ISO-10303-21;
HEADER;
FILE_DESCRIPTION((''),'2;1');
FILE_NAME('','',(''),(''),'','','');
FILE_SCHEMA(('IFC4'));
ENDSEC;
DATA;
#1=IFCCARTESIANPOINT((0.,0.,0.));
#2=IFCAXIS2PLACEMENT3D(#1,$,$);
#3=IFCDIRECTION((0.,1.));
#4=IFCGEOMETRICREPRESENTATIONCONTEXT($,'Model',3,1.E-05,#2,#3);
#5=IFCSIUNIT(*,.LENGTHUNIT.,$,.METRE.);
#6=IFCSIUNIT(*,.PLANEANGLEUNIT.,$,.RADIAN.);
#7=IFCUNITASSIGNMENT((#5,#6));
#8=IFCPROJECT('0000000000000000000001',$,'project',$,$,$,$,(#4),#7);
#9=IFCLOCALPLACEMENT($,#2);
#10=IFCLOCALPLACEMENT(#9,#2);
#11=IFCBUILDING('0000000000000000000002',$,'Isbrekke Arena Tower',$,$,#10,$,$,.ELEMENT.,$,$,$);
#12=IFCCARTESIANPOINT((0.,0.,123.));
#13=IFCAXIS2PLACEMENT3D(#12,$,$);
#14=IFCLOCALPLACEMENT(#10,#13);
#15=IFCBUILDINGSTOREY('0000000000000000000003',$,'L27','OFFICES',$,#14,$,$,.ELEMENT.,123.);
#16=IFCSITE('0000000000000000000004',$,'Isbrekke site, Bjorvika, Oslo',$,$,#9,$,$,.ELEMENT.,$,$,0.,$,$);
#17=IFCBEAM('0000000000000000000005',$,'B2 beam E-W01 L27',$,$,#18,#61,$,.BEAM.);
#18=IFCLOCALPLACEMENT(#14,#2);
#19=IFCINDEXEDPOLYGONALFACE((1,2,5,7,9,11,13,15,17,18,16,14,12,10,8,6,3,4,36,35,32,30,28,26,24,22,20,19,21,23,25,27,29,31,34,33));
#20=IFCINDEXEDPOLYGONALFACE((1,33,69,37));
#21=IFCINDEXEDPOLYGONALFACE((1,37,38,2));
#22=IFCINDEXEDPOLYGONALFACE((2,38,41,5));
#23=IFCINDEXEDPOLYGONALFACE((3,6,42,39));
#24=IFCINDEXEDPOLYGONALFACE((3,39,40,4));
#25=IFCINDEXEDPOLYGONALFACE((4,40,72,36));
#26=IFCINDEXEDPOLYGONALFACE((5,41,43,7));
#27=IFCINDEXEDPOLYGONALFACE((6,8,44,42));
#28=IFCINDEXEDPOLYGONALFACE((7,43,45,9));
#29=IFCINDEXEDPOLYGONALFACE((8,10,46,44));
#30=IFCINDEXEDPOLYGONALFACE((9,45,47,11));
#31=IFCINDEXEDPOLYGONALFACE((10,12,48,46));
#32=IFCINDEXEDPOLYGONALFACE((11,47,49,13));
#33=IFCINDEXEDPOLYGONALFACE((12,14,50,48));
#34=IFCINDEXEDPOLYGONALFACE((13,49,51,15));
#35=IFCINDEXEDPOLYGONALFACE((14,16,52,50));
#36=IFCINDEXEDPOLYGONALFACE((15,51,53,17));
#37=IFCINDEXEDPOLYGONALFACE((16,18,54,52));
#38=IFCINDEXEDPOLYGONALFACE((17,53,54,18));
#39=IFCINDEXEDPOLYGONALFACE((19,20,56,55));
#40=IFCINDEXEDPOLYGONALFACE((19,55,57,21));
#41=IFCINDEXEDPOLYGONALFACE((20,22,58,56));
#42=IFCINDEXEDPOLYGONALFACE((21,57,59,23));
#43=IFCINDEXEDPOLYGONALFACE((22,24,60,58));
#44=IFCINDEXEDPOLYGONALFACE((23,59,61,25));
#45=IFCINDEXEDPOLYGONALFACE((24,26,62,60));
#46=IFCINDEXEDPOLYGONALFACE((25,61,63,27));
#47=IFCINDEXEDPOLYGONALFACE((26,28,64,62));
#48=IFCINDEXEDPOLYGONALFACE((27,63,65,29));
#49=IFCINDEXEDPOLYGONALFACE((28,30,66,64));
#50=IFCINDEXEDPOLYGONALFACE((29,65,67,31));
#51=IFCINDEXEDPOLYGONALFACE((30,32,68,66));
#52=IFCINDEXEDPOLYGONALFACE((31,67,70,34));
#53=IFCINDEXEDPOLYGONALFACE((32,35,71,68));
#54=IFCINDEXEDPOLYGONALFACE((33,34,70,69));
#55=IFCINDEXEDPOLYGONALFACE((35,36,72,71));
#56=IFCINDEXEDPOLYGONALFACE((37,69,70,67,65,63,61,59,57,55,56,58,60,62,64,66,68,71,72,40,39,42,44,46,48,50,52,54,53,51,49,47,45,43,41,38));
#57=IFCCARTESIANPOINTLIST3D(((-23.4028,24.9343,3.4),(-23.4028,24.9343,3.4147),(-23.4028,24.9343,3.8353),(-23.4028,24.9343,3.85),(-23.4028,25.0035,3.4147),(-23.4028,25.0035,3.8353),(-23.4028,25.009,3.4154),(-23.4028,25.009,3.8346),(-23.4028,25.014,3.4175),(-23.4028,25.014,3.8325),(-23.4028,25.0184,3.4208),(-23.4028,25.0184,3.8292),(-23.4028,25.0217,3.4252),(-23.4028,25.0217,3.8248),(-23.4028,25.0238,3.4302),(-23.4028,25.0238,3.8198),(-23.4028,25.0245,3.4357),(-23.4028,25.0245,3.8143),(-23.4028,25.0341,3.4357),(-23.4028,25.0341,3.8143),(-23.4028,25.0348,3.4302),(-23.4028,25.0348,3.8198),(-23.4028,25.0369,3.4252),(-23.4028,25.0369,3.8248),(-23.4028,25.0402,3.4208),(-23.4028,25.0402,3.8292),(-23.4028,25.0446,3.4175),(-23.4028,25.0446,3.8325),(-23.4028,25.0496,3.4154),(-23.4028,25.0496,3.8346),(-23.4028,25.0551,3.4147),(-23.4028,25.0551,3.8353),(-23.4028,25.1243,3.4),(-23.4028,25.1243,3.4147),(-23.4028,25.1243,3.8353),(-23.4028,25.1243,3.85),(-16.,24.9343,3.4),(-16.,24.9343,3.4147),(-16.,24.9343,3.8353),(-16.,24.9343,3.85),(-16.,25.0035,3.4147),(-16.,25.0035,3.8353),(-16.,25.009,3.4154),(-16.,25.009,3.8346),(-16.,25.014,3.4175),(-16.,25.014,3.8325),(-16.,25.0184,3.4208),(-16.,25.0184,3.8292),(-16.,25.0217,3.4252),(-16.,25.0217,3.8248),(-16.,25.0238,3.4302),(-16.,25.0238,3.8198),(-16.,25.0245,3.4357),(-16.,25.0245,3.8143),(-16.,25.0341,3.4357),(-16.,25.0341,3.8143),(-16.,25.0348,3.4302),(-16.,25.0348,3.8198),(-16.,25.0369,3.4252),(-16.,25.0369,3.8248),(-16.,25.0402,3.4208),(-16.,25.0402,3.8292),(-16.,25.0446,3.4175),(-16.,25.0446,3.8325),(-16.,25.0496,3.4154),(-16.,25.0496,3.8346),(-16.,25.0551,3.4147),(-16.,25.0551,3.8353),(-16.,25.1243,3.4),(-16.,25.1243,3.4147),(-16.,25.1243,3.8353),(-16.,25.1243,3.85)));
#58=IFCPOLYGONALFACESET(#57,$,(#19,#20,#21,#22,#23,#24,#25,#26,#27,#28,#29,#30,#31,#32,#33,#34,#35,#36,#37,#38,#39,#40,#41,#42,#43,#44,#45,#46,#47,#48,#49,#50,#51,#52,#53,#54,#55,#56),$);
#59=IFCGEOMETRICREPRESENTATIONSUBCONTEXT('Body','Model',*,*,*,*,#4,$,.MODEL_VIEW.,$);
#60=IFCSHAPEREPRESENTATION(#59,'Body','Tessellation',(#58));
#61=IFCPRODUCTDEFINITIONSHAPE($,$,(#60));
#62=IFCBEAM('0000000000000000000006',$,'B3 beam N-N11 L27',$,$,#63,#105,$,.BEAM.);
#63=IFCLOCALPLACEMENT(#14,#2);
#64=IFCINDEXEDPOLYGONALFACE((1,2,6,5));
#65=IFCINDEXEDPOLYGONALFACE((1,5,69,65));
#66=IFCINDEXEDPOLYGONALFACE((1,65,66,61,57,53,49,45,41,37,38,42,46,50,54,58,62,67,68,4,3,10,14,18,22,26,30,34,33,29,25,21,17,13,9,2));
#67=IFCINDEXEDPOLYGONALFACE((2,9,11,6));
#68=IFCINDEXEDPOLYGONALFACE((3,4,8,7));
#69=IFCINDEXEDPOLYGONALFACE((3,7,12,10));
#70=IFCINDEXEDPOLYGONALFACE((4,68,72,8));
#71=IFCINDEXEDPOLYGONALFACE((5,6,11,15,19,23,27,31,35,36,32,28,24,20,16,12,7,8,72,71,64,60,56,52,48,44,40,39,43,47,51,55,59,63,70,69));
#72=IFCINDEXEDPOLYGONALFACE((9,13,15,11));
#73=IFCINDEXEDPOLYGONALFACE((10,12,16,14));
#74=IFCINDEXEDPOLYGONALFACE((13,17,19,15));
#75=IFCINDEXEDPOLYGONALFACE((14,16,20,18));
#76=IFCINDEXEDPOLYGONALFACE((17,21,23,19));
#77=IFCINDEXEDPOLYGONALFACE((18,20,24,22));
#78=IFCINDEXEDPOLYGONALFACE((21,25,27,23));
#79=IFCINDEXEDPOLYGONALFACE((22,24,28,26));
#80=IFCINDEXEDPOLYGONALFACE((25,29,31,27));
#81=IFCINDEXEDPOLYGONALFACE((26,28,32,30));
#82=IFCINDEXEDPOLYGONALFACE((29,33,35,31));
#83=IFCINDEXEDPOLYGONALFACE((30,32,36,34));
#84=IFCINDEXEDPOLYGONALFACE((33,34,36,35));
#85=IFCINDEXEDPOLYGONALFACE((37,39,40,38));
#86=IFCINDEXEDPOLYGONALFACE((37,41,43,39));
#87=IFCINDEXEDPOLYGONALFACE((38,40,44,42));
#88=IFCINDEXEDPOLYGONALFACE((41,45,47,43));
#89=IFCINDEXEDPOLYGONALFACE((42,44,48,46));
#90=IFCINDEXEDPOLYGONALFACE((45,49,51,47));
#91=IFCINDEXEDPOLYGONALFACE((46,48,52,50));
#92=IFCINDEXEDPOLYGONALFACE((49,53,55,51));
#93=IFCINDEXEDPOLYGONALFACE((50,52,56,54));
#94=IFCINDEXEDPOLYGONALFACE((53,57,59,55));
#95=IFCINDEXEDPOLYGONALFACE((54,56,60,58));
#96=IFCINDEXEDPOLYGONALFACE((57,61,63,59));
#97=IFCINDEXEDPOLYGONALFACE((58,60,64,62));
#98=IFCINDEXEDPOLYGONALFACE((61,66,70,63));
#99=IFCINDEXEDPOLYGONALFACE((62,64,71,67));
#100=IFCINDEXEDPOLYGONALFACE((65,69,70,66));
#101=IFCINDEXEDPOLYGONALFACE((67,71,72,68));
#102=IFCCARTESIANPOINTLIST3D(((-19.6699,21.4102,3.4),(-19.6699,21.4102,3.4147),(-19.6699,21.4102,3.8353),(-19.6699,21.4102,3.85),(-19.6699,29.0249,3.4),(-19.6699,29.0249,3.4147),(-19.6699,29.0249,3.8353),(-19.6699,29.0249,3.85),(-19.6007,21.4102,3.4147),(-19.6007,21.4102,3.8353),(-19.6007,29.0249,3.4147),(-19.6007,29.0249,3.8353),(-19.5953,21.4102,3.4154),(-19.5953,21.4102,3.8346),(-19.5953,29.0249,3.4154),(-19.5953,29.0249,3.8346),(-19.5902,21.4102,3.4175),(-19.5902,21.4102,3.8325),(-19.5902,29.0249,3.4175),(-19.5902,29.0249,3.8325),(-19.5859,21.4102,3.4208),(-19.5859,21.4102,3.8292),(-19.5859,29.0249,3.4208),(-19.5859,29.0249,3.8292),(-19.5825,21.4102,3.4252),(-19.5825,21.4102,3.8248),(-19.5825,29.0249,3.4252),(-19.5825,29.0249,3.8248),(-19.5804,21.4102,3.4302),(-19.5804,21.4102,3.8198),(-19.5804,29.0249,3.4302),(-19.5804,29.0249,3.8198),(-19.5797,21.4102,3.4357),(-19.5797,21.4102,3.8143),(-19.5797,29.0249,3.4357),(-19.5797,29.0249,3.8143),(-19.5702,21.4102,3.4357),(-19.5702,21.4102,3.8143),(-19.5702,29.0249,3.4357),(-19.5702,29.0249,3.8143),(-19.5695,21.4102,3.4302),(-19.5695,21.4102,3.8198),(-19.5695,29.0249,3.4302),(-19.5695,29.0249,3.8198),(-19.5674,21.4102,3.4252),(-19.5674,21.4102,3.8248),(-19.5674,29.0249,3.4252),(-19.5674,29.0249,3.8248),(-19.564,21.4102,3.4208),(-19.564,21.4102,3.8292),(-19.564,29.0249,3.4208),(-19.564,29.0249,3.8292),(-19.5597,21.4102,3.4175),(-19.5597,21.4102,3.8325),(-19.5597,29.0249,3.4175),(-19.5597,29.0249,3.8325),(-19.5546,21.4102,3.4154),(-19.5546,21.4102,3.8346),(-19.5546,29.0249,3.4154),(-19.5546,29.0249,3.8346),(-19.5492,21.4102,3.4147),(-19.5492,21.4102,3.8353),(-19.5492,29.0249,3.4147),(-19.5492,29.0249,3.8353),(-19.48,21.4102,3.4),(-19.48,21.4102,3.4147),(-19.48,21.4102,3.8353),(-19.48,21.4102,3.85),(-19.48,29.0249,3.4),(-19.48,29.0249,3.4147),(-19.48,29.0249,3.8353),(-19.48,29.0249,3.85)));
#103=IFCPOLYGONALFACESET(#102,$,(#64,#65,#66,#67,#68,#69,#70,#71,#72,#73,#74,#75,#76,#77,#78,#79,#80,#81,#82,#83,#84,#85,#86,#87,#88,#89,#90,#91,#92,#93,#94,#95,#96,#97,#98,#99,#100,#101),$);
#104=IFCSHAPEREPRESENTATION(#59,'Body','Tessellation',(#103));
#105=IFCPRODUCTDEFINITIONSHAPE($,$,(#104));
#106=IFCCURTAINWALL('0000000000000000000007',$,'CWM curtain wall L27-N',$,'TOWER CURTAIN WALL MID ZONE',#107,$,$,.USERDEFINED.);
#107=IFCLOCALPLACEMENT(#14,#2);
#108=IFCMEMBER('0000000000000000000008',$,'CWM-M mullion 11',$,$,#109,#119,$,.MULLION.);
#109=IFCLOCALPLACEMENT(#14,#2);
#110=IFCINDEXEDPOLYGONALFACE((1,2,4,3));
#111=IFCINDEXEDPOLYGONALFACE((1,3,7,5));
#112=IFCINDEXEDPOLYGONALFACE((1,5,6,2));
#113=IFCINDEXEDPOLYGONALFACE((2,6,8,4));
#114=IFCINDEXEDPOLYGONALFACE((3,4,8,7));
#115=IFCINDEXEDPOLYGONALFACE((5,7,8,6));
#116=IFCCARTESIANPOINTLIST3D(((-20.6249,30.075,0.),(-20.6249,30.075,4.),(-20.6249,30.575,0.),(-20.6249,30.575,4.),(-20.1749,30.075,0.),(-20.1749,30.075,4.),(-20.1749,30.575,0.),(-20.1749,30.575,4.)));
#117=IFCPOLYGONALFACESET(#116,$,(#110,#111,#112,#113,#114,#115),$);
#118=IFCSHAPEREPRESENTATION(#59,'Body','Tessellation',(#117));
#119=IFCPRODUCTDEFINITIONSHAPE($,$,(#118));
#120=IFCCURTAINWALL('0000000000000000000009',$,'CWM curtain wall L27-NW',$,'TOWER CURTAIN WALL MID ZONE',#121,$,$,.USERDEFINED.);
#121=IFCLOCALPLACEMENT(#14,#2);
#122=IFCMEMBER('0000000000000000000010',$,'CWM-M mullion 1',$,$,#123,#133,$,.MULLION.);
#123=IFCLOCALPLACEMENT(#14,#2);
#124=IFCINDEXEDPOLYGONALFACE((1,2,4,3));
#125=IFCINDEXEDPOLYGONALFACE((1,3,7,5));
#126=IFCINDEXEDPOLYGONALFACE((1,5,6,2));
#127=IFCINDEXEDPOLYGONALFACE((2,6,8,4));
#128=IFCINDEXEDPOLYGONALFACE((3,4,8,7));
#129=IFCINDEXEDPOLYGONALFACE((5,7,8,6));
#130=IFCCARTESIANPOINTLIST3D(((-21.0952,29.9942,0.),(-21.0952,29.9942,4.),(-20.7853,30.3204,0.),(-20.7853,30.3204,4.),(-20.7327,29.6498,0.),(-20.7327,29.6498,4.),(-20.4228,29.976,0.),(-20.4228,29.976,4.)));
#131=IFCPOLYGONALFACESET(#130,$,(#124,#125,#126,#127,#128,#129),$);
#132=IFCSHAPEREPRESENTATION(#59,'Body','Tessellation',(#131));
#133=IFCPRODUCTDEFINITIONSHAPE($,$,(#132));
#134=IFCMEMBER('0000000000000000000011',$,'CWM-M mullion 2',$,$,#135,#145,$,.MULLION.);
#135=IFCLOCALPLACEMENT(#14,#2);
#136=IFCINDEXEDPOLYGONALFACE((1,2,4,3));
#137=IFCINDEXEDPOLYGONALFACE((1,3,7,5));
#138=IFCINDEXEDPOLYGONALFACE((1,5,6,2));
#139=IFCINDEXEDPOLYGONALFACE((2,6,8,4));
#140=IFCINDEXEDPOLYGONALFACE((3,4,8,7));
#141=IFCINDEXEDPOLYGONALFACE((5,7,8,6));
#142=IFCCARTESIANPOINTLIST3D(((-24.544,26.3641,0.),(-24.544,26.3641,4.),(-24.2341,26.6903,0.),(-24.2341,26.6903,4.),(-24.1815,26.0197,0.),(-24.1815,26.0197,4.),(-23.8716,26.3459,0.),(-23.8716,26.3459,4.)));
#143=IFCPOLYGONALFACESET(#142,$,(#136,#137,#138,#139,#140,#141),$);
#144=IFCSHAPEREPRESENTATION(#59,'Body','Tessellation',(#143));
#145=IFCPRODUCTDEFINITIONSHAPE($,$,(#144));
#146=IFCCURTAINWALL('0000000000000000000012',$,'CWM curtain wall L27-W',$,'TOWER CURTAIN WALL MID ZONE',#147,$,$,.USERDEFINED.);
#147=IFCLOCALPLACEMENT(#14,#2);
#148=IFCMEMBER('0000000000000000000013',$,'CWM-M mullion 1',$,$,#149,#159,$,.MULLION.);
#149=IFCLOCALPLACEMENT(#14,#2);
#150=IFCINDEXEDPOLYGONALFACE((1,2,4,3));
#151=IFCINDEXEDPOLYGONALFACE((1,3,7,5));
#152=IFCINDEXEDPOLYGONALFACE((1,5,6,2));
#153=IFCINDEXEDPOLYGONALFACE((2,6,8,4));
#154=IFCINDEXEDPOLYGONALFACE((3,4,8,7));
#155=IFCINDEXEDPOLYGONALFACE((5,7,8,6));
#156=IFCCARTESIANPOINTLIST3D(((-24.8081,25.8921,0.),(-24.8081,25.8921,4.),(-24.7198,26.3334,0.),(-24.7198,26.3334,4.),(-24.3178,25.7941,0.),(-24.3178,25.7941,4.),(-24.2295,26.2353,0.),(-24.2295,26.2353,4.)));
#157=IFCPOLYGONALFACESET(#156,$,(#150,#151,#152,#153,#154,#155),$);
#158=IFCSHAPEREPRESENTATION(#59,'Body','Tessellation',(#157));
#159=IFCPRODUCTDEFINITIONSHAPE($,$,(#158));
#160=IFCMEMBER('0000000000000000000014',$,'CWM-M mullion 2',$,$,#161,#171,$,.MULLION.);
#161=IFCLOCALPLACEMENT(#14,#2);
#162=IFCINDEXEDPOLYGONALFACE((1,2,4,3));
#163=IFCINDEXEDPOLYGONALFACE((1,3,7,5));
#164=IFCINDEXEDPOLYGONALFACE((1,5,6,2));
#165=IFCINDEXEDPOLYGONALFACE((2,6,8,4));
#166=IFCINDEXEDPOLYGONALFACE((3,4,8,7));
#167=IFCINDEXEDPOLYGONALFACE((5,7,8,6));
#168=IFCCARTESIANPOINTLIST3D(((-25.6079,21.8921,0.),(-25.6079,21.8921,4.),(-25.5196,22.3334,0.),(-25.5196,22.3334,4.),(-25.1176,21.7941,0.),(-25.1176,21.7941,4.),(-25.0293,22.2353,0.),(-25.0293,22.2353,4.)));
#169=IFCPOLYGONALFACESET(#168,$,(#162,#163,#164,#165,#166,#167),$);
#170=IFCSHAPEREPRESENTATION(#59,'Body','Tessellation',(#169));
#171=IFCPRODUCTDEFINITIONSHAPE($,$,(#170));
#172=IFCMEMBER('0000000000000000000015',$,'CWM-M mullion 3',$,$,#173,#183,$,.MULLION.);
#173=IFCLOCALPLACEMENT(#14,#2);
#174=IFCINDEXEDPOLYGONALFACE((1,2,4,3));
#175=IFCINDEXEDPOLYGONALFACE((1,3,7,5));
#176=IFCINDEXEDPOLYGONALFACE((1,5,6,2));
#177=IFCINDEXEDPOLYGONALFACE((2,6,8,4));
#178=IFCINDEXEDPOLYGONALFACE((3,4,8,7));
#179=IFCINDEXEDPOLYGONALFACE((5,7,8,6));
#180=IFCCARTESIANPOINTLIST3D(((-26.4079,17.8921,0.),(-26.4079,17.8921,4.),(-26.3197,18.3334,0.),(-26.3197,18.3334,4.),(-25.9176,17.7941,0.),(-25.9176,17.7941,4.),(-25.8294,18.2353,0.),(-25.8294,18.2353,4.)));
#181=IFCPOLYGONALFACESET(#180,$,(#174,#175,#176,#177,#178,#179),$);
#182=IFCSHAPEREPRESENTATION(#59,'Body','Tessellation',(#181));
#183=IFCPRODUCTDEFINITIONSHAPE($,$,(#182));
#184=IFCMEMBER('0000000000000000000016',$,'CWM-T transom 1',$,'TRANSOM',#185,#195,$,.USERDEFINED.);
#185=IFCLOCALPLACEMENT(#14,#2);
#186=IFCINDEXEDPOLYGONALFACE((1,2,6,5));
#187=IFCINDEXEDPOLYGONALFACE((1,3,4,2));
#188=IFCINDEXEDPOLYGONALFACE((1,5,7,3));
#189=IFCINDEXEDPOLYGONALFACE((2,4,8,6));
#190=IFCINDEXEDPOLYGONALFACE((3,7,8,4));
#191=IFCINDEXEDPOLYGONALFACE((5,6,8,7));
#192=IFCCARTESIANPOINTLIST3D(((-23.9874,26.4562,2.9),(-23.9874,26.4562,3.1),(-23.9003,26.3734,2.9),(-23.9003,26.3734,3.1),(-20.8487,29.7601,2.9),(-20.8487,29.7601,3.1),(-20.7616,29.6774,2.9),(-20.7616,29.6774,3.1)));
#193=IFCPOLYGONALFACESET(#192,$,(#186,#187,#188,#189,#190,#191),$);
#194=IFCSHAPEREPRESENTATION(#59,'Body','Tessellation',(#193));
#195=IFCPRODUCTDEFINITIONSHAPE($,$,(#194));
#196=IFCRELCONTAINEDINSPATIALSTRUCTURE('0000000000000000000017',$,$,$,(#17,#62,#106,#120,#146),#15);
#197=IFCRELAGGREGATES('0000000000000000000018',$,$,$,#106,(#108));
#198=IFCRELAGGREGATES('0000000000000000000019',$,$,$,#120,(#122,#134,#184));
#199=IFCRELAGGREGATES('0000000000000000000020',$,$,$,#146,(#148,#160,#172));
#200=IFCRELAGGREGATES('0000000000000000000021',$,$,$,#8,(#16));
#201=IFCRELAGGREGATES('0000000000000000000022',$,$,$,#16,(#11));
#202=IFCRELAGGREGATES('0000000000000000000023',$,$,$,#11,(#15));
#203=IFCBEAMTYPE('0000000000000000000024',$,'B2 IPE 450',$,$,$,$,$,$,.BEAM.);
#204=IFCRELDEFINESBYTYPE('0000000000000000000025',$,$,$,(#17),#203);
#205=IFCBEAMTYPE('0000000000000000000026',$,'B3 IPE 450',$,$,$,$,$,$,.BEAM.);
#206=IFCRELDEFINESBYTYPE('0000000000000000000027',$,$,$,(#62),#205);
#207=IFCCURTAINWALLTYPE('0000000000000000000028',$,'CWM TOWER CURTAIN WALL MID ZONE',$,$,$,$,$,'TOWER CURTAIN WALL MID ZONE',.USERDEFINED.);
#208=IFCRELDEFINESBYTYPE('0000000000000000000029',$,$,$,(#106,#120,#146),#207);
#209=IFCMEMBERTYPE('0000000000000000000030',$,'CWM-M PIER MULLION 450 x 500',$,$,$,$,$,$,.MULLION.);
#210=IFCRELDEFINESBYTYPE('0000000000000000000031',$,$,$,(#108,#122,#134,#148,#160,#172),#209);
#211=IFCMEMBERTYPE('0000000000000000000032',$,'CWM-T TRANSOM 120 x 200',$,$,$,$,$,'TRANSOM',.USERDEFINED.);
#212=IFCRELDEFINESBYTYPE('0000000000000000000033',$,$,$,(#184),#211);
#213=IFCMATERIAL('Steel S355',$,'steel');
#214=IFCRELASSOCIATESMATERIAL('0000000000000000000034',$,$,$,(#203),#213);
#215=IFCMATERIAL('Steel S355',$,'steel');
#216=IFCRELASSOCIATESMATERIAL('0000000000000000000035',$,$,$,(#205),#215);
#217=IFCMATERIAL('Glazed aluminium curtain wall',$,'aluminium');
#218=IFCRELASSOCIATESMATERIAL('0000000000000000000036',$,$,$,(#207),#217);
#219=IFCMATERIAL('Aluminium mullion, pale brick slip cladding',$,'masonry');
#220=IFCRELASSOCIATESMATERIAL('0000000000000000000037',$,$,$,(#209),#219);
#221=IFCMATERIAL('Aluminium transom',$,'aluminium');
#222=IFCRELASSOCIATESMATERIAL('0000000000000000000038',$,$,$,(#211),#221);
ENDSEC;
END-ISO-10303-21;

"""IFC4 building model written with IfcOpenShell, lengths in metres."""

from ifc_helpers import new_model, si_unit, direction, frame, origin, origin_2d, place, context, subcontext, project, spatial, rectangle, i_section, extrude, material, material_profile, profile_set, type_object, element, aggregate, save


model = new_model("IFC4")

# Units and contexts
model_context = context("Model", 3, precision=1e-05, world=origin(), true_north=direction((0.0, 1.0)))
body_context = subcontext(model_context, "Body", "Model", "MODEL_VIEW")
ifc_project = project(units=[si_unit("LENGTHUNIT", "METRE"), si_unit("PLANEANGLEUNIT", "RADIAN")], contexts=[model_context])

# Site, building, storey
site_placement = place(None, origin())
site = spatial("IfcSite", under=ifc_project, at=site_placement, Name="Isbrekke site, Bjorvika, Oslo", CompositionType="ELEMENT", RefElevation=0.0)
building_placement = place(site_placement, origin())
building = spatial("IfcBuilding", under=site, at=building_placement, Name="Isbrekke Arena Tower", CompositionType="ELEMENT")
storey_placement = place(building_placement, frame((0.0, 0.0, 123.0)))
storey = spatial("IfcBuildingStorey", under=building, at=storey_placement, Name="L27", Description="OFFICES", CompositionType="ELEMENT", Elevation=123.0)

# Beams
ifc_material_1 = material(Name="Steel S355", Category="steel")
ifc_material_profile_1 = material_profile(ifc_material_1, i_section(OverallWidth=0.1899, OverallDepth=0.45, WebThickness=0.0095, FlangeThickness=0.0146, FilletRadius=0.021, at=origin_2d()), Name="IPE 450")
ifc_profile_set_1 = profile_set([ifc_material_profile_1], Name="Steel S355")
beam_type_1 = type_object("IfcBeamType", Name="B2 IPE 450", PredefinedType="BEAM", material=ifc_profile_set_1)
beam_1_placement = place(storey_placement, frame((-23.4028, 25.0293, 3.625), z_axis=(1.0, 0.0, 0.0), x_axis=(0.0, 1.0, 0.0)))
element("IfcBeam", 1, at=beam_1_placement, inside=storey, type_object=beam_type_1, Name="B2 beam E-W01 L27", PredefinedType="BEAM", context=body_context, shape_type="SweptSolid", body=[
    extrude(i_section(OverallWidth=0.1899, OverallDepth=0.45, WebThickness=0.0095, FlangeThickness=0.0146, FilletRadius=0.021, at=origin_2d()), origin(), (0.0, 0.0, 1.0), 7.4028),
])
ifc_material_2 = material(Name="Steel S355", Category="steel")
ifc_material_profile_2 = material_profile(ifc_material_2, i_section(OverallWidth=0.1899, OverallDepth=0.45, WebThickness=0.0095, FlangeThickness=0.0146, FilletRadius=0.021, at=origin_2d()), Name="IPE 450")
ifc_profile_set_2 = profile_set([ifc_material_profile_2], Name="Steel S355")
beam_type_2 = type_object("IfcBeamType", Name="B3 IPE 450", PredefinedType="BEAM", material=ifc_profile_set_2)
beam_2_placement = place(storey_placement, frame((-19.575, 29.0249, 3.625), z_axis=(0.0, -1.0, 0.0), x_axis=(1.0, 0.0, 0.0)))
element("IfcBeam", 2, at=beam_2_placement, inside=storey, type_object=beam_type_2, Name="B3 beam N-N11 L27", PredefinedType="BEAM", context=body_context, shape_type="SweptSolid", body=[
    extrude(i_section(OverallWidth=0.1899, OverallDepth=0.45, WebThickness=0.0095, FlangeThickness=0.0146, FilletRadius=0.021, at=origin_2d()), origin(), (0.0, 0.0, 1.0), 7.6147),
])

# Curtain wall, member
ifc_material_3 = material(Name="Glazed aluminium curtain wall", Category="aluminium")
curtain_wall_type = type_object("IfcCurtainWallType", Name="CWM TOWER CURTAIN WALL MID ZONE", ElementType="TOWER CURTAIN WALL MID ZONE", PredefinedType="USERDEFINED", material=ifc_material_3)
curtain_wall_1_placement = place(storey_placement, origin())
curtain_wall_1 = element("IfcCurtainWall", 3, at=curtain_wall_1_placement, inside=storey, type_object=curtain_wall_type, Name="CWM curtain wall L27-N", ObjectType="TOWER CURTAIN WALL MID ZONE", PredefinedType="USERDEFINED")
ifc_material_4 = material(Name="Aluminium mullion, pale brick slip cladding", Category="masonry")
ifc_material_profile_3 = material_profile(ifc_material_4, rectangle(XDim=0.45, YDim=0.5, at=origin_2d()), Name="PIER 450X500")
ifc_profile_set_3 = profile_set([ifc_material_profile_3], Name="Aluminium mullion, pale brick slip cladding")
member_type_1 = type_object("IfcMemberType", Name="CWM-M PIER MULLION 450 x 500", PredefinedType="MULLION", material=ifc_profile_set_3)
member_1_placement = place(storey_placement, frame((-20.3999, 30.325, 0.0), z_axis=(0.0, 0.0, 1.0), x_axis=(-1.0, 0.0, 0.0)))
member_1 = element("IfcMember", 4, at=member_1_placement, type_object=member_type_1, Name="CWM-M mullion 11", PredefinedType="MULLION", context=body_context, shape_type="SweptSolid", body=[
    extrude(rectangle(XDim=0.45, YDim=0.5, at=origin_2d()), origin(), (0.0, 0.0, 1.0), 4.0),
])
aggregate(curtain_wall_1, [member_1])

# Curtain walls, members
curtain_wall_2_placement = place(storey_placement, origin())
curtain_wall_2 = element("IfcCurtainWall", 5, at=curtain_wall_2_placement, inside=storey, type_object=curtain_wall_type, Name="CWM curtain wall L27-NW", ObjectType="TOWER CURTAIN WALL MID ZONE", PredefinedType="USERDEFINED")
member_2_placement = place(storey_placement, frame((-20.759, 29.9851, 0.0), z_axis=(0.0, 0.0, 1.0), x_axis=(-0.688749, -0.724999, 0.0)))
member_2 = element("IfcMember", 6, at=member_2_placement, type_object=member_type_1, Name="CWM-M mullion 1", PredefinedType="MULLION", context=body_context, shape_type="SweptSolid", body=[
    extrude(rectangle(XDim=0.45, YDim=0.5, at=origin_2d()), origin(), (0.0, 0.0, 1.0), 4.0),
])
member_3_placement = place(storey_placement, frame((-24.2078, 26.355, 0.0), z_axis=(0.0, 0.0, 1.0), x_axis=(-0.688749, -0.724999, 0.0)))
member_3 = element("IfcMember", 7, at=member_3_placement, type_object=member_type_1, Name="CWM-M mullion 2", PredefinedType="MULLION", context=body_context, shape_type="SweptSolid", body=[
    extrude(rectangle(XDim=0.45, YDim=0.5, at=origin_2d()), origin(), (0.0, 0.0, 1.0), 4.0),
])
curtain_wall_3_placement = place(storey_placement, origin())
curtain_wall_3 = element("IfcCurtainWall", 8, at=curtain_wall_3_placement, inside=storey, type_object=curtain_wall_type, Name="CWM curtain wall L27-W", ObjectType="TOWER CURTAIN WALL MID ZONE", PredefinedType="USERDEFINED")
member_4_placement = place(storey_placement, frame((-24.5188, 26.0637, 0.0), z_axis=(0.0, 0.0, 1.0), x_axis=(-0.196116, -0.980581, 0.0)))
member_4 = element("IfcMember", 9, at=member_4_placement, type_object=member_type_1, Name="CWM-M mullion 1", PredefinedType="MULLION", context=body_context, shape_type="SweptSolid", body=[
    extrude(rectangle(XDim=0.45, YDim=0.5, at=origin_2d()), origin(), (0.0, 0.0, 1.0), 4.0),
])
member_5_placement = place(storey_placement, frame((-25.3186, 22.0637, 0.0), z_axis=(0.0, 0.0, 1.0), x_axis=(-0.196116, -0.980581, 0.0)))
member_5 = element("IfcMember", 10, at=member_5_placement, type_object=member_type_1, Name="CWM-M mullion 2", PredefinedType="MULLION", context=body_context, shape_type="SweptSolid", body=[
    extrude(rectangle(XDim=0.45, YDim=0.5, at=origin_2d()), origin(), (0.0, 0.0, 1.0), 4.0),
])
member_6_placement = place(storey_placement, frame((-26.1187, 18.0637, 0.0), z_axis=(0.0, 0.0, 1.0), x_axis=(-0.196116, -0.980581, 0.0)))
member_6 = element("IfcMember", 11, at=member_6_placement, type_object=member_type_1, Name="CWM-M mullion 3", PredefinedType="MULLION", context=body_context, shape_type="SweptSolid", body=[
    extrude(rectangle(XDim=0.45, YDim=0.5, at=origin_2d()), origin(), (0.0, 0.0, 1.0), 4.0),
])

# Member
ifc_material_5 = material(Name="Aluminium transom", Category="aluminium")
ifc_material_profile_4 = material_profile(ifc_material_5, rectangle(XDim=0.1201, YDim=0.2, at=origin_2d()), Name="TRANSOM 120X200")
ifc_profile_set_4 = profile_set([ifc_material_profile_4], Name="Aluminium transom")
member_type_2 = type_object("IfcMemberType", Name="CWM-T TRANSOM 120 x 200", ElementType="TRANSOM", PredefinedType="USERDEFINED", material=ifc_profile_set_4)
member_7_placement = place(storey_placement, frame((-20.8052, 29.7188, 3.0), z_axis=(-0.68874, -0.725009, 0.0), x_axis=(0.725009, -0.68874, 0.0)))
member_7 = element("IfcMember", 12, at=member_7_placement, type_object=member_type_2, Name="CWM-T transom 1", ObjectType="TRANSOM", PredefinedType="USERDEFINED", context=body_context, shape_type="SweptSolid", body=[
    extrude(rectangle(XDim=0.1201, YDim=0.2, at=origin_2d()), origin(), (0.0, 0.0, 1.0), 4.5571),
])

aggregate(curtain_wall_2, [member_2, member_3, member_7])
aggregate(curtain_wall_3, [member_4, member_5, member_6])

save(model, "model.ifc")
